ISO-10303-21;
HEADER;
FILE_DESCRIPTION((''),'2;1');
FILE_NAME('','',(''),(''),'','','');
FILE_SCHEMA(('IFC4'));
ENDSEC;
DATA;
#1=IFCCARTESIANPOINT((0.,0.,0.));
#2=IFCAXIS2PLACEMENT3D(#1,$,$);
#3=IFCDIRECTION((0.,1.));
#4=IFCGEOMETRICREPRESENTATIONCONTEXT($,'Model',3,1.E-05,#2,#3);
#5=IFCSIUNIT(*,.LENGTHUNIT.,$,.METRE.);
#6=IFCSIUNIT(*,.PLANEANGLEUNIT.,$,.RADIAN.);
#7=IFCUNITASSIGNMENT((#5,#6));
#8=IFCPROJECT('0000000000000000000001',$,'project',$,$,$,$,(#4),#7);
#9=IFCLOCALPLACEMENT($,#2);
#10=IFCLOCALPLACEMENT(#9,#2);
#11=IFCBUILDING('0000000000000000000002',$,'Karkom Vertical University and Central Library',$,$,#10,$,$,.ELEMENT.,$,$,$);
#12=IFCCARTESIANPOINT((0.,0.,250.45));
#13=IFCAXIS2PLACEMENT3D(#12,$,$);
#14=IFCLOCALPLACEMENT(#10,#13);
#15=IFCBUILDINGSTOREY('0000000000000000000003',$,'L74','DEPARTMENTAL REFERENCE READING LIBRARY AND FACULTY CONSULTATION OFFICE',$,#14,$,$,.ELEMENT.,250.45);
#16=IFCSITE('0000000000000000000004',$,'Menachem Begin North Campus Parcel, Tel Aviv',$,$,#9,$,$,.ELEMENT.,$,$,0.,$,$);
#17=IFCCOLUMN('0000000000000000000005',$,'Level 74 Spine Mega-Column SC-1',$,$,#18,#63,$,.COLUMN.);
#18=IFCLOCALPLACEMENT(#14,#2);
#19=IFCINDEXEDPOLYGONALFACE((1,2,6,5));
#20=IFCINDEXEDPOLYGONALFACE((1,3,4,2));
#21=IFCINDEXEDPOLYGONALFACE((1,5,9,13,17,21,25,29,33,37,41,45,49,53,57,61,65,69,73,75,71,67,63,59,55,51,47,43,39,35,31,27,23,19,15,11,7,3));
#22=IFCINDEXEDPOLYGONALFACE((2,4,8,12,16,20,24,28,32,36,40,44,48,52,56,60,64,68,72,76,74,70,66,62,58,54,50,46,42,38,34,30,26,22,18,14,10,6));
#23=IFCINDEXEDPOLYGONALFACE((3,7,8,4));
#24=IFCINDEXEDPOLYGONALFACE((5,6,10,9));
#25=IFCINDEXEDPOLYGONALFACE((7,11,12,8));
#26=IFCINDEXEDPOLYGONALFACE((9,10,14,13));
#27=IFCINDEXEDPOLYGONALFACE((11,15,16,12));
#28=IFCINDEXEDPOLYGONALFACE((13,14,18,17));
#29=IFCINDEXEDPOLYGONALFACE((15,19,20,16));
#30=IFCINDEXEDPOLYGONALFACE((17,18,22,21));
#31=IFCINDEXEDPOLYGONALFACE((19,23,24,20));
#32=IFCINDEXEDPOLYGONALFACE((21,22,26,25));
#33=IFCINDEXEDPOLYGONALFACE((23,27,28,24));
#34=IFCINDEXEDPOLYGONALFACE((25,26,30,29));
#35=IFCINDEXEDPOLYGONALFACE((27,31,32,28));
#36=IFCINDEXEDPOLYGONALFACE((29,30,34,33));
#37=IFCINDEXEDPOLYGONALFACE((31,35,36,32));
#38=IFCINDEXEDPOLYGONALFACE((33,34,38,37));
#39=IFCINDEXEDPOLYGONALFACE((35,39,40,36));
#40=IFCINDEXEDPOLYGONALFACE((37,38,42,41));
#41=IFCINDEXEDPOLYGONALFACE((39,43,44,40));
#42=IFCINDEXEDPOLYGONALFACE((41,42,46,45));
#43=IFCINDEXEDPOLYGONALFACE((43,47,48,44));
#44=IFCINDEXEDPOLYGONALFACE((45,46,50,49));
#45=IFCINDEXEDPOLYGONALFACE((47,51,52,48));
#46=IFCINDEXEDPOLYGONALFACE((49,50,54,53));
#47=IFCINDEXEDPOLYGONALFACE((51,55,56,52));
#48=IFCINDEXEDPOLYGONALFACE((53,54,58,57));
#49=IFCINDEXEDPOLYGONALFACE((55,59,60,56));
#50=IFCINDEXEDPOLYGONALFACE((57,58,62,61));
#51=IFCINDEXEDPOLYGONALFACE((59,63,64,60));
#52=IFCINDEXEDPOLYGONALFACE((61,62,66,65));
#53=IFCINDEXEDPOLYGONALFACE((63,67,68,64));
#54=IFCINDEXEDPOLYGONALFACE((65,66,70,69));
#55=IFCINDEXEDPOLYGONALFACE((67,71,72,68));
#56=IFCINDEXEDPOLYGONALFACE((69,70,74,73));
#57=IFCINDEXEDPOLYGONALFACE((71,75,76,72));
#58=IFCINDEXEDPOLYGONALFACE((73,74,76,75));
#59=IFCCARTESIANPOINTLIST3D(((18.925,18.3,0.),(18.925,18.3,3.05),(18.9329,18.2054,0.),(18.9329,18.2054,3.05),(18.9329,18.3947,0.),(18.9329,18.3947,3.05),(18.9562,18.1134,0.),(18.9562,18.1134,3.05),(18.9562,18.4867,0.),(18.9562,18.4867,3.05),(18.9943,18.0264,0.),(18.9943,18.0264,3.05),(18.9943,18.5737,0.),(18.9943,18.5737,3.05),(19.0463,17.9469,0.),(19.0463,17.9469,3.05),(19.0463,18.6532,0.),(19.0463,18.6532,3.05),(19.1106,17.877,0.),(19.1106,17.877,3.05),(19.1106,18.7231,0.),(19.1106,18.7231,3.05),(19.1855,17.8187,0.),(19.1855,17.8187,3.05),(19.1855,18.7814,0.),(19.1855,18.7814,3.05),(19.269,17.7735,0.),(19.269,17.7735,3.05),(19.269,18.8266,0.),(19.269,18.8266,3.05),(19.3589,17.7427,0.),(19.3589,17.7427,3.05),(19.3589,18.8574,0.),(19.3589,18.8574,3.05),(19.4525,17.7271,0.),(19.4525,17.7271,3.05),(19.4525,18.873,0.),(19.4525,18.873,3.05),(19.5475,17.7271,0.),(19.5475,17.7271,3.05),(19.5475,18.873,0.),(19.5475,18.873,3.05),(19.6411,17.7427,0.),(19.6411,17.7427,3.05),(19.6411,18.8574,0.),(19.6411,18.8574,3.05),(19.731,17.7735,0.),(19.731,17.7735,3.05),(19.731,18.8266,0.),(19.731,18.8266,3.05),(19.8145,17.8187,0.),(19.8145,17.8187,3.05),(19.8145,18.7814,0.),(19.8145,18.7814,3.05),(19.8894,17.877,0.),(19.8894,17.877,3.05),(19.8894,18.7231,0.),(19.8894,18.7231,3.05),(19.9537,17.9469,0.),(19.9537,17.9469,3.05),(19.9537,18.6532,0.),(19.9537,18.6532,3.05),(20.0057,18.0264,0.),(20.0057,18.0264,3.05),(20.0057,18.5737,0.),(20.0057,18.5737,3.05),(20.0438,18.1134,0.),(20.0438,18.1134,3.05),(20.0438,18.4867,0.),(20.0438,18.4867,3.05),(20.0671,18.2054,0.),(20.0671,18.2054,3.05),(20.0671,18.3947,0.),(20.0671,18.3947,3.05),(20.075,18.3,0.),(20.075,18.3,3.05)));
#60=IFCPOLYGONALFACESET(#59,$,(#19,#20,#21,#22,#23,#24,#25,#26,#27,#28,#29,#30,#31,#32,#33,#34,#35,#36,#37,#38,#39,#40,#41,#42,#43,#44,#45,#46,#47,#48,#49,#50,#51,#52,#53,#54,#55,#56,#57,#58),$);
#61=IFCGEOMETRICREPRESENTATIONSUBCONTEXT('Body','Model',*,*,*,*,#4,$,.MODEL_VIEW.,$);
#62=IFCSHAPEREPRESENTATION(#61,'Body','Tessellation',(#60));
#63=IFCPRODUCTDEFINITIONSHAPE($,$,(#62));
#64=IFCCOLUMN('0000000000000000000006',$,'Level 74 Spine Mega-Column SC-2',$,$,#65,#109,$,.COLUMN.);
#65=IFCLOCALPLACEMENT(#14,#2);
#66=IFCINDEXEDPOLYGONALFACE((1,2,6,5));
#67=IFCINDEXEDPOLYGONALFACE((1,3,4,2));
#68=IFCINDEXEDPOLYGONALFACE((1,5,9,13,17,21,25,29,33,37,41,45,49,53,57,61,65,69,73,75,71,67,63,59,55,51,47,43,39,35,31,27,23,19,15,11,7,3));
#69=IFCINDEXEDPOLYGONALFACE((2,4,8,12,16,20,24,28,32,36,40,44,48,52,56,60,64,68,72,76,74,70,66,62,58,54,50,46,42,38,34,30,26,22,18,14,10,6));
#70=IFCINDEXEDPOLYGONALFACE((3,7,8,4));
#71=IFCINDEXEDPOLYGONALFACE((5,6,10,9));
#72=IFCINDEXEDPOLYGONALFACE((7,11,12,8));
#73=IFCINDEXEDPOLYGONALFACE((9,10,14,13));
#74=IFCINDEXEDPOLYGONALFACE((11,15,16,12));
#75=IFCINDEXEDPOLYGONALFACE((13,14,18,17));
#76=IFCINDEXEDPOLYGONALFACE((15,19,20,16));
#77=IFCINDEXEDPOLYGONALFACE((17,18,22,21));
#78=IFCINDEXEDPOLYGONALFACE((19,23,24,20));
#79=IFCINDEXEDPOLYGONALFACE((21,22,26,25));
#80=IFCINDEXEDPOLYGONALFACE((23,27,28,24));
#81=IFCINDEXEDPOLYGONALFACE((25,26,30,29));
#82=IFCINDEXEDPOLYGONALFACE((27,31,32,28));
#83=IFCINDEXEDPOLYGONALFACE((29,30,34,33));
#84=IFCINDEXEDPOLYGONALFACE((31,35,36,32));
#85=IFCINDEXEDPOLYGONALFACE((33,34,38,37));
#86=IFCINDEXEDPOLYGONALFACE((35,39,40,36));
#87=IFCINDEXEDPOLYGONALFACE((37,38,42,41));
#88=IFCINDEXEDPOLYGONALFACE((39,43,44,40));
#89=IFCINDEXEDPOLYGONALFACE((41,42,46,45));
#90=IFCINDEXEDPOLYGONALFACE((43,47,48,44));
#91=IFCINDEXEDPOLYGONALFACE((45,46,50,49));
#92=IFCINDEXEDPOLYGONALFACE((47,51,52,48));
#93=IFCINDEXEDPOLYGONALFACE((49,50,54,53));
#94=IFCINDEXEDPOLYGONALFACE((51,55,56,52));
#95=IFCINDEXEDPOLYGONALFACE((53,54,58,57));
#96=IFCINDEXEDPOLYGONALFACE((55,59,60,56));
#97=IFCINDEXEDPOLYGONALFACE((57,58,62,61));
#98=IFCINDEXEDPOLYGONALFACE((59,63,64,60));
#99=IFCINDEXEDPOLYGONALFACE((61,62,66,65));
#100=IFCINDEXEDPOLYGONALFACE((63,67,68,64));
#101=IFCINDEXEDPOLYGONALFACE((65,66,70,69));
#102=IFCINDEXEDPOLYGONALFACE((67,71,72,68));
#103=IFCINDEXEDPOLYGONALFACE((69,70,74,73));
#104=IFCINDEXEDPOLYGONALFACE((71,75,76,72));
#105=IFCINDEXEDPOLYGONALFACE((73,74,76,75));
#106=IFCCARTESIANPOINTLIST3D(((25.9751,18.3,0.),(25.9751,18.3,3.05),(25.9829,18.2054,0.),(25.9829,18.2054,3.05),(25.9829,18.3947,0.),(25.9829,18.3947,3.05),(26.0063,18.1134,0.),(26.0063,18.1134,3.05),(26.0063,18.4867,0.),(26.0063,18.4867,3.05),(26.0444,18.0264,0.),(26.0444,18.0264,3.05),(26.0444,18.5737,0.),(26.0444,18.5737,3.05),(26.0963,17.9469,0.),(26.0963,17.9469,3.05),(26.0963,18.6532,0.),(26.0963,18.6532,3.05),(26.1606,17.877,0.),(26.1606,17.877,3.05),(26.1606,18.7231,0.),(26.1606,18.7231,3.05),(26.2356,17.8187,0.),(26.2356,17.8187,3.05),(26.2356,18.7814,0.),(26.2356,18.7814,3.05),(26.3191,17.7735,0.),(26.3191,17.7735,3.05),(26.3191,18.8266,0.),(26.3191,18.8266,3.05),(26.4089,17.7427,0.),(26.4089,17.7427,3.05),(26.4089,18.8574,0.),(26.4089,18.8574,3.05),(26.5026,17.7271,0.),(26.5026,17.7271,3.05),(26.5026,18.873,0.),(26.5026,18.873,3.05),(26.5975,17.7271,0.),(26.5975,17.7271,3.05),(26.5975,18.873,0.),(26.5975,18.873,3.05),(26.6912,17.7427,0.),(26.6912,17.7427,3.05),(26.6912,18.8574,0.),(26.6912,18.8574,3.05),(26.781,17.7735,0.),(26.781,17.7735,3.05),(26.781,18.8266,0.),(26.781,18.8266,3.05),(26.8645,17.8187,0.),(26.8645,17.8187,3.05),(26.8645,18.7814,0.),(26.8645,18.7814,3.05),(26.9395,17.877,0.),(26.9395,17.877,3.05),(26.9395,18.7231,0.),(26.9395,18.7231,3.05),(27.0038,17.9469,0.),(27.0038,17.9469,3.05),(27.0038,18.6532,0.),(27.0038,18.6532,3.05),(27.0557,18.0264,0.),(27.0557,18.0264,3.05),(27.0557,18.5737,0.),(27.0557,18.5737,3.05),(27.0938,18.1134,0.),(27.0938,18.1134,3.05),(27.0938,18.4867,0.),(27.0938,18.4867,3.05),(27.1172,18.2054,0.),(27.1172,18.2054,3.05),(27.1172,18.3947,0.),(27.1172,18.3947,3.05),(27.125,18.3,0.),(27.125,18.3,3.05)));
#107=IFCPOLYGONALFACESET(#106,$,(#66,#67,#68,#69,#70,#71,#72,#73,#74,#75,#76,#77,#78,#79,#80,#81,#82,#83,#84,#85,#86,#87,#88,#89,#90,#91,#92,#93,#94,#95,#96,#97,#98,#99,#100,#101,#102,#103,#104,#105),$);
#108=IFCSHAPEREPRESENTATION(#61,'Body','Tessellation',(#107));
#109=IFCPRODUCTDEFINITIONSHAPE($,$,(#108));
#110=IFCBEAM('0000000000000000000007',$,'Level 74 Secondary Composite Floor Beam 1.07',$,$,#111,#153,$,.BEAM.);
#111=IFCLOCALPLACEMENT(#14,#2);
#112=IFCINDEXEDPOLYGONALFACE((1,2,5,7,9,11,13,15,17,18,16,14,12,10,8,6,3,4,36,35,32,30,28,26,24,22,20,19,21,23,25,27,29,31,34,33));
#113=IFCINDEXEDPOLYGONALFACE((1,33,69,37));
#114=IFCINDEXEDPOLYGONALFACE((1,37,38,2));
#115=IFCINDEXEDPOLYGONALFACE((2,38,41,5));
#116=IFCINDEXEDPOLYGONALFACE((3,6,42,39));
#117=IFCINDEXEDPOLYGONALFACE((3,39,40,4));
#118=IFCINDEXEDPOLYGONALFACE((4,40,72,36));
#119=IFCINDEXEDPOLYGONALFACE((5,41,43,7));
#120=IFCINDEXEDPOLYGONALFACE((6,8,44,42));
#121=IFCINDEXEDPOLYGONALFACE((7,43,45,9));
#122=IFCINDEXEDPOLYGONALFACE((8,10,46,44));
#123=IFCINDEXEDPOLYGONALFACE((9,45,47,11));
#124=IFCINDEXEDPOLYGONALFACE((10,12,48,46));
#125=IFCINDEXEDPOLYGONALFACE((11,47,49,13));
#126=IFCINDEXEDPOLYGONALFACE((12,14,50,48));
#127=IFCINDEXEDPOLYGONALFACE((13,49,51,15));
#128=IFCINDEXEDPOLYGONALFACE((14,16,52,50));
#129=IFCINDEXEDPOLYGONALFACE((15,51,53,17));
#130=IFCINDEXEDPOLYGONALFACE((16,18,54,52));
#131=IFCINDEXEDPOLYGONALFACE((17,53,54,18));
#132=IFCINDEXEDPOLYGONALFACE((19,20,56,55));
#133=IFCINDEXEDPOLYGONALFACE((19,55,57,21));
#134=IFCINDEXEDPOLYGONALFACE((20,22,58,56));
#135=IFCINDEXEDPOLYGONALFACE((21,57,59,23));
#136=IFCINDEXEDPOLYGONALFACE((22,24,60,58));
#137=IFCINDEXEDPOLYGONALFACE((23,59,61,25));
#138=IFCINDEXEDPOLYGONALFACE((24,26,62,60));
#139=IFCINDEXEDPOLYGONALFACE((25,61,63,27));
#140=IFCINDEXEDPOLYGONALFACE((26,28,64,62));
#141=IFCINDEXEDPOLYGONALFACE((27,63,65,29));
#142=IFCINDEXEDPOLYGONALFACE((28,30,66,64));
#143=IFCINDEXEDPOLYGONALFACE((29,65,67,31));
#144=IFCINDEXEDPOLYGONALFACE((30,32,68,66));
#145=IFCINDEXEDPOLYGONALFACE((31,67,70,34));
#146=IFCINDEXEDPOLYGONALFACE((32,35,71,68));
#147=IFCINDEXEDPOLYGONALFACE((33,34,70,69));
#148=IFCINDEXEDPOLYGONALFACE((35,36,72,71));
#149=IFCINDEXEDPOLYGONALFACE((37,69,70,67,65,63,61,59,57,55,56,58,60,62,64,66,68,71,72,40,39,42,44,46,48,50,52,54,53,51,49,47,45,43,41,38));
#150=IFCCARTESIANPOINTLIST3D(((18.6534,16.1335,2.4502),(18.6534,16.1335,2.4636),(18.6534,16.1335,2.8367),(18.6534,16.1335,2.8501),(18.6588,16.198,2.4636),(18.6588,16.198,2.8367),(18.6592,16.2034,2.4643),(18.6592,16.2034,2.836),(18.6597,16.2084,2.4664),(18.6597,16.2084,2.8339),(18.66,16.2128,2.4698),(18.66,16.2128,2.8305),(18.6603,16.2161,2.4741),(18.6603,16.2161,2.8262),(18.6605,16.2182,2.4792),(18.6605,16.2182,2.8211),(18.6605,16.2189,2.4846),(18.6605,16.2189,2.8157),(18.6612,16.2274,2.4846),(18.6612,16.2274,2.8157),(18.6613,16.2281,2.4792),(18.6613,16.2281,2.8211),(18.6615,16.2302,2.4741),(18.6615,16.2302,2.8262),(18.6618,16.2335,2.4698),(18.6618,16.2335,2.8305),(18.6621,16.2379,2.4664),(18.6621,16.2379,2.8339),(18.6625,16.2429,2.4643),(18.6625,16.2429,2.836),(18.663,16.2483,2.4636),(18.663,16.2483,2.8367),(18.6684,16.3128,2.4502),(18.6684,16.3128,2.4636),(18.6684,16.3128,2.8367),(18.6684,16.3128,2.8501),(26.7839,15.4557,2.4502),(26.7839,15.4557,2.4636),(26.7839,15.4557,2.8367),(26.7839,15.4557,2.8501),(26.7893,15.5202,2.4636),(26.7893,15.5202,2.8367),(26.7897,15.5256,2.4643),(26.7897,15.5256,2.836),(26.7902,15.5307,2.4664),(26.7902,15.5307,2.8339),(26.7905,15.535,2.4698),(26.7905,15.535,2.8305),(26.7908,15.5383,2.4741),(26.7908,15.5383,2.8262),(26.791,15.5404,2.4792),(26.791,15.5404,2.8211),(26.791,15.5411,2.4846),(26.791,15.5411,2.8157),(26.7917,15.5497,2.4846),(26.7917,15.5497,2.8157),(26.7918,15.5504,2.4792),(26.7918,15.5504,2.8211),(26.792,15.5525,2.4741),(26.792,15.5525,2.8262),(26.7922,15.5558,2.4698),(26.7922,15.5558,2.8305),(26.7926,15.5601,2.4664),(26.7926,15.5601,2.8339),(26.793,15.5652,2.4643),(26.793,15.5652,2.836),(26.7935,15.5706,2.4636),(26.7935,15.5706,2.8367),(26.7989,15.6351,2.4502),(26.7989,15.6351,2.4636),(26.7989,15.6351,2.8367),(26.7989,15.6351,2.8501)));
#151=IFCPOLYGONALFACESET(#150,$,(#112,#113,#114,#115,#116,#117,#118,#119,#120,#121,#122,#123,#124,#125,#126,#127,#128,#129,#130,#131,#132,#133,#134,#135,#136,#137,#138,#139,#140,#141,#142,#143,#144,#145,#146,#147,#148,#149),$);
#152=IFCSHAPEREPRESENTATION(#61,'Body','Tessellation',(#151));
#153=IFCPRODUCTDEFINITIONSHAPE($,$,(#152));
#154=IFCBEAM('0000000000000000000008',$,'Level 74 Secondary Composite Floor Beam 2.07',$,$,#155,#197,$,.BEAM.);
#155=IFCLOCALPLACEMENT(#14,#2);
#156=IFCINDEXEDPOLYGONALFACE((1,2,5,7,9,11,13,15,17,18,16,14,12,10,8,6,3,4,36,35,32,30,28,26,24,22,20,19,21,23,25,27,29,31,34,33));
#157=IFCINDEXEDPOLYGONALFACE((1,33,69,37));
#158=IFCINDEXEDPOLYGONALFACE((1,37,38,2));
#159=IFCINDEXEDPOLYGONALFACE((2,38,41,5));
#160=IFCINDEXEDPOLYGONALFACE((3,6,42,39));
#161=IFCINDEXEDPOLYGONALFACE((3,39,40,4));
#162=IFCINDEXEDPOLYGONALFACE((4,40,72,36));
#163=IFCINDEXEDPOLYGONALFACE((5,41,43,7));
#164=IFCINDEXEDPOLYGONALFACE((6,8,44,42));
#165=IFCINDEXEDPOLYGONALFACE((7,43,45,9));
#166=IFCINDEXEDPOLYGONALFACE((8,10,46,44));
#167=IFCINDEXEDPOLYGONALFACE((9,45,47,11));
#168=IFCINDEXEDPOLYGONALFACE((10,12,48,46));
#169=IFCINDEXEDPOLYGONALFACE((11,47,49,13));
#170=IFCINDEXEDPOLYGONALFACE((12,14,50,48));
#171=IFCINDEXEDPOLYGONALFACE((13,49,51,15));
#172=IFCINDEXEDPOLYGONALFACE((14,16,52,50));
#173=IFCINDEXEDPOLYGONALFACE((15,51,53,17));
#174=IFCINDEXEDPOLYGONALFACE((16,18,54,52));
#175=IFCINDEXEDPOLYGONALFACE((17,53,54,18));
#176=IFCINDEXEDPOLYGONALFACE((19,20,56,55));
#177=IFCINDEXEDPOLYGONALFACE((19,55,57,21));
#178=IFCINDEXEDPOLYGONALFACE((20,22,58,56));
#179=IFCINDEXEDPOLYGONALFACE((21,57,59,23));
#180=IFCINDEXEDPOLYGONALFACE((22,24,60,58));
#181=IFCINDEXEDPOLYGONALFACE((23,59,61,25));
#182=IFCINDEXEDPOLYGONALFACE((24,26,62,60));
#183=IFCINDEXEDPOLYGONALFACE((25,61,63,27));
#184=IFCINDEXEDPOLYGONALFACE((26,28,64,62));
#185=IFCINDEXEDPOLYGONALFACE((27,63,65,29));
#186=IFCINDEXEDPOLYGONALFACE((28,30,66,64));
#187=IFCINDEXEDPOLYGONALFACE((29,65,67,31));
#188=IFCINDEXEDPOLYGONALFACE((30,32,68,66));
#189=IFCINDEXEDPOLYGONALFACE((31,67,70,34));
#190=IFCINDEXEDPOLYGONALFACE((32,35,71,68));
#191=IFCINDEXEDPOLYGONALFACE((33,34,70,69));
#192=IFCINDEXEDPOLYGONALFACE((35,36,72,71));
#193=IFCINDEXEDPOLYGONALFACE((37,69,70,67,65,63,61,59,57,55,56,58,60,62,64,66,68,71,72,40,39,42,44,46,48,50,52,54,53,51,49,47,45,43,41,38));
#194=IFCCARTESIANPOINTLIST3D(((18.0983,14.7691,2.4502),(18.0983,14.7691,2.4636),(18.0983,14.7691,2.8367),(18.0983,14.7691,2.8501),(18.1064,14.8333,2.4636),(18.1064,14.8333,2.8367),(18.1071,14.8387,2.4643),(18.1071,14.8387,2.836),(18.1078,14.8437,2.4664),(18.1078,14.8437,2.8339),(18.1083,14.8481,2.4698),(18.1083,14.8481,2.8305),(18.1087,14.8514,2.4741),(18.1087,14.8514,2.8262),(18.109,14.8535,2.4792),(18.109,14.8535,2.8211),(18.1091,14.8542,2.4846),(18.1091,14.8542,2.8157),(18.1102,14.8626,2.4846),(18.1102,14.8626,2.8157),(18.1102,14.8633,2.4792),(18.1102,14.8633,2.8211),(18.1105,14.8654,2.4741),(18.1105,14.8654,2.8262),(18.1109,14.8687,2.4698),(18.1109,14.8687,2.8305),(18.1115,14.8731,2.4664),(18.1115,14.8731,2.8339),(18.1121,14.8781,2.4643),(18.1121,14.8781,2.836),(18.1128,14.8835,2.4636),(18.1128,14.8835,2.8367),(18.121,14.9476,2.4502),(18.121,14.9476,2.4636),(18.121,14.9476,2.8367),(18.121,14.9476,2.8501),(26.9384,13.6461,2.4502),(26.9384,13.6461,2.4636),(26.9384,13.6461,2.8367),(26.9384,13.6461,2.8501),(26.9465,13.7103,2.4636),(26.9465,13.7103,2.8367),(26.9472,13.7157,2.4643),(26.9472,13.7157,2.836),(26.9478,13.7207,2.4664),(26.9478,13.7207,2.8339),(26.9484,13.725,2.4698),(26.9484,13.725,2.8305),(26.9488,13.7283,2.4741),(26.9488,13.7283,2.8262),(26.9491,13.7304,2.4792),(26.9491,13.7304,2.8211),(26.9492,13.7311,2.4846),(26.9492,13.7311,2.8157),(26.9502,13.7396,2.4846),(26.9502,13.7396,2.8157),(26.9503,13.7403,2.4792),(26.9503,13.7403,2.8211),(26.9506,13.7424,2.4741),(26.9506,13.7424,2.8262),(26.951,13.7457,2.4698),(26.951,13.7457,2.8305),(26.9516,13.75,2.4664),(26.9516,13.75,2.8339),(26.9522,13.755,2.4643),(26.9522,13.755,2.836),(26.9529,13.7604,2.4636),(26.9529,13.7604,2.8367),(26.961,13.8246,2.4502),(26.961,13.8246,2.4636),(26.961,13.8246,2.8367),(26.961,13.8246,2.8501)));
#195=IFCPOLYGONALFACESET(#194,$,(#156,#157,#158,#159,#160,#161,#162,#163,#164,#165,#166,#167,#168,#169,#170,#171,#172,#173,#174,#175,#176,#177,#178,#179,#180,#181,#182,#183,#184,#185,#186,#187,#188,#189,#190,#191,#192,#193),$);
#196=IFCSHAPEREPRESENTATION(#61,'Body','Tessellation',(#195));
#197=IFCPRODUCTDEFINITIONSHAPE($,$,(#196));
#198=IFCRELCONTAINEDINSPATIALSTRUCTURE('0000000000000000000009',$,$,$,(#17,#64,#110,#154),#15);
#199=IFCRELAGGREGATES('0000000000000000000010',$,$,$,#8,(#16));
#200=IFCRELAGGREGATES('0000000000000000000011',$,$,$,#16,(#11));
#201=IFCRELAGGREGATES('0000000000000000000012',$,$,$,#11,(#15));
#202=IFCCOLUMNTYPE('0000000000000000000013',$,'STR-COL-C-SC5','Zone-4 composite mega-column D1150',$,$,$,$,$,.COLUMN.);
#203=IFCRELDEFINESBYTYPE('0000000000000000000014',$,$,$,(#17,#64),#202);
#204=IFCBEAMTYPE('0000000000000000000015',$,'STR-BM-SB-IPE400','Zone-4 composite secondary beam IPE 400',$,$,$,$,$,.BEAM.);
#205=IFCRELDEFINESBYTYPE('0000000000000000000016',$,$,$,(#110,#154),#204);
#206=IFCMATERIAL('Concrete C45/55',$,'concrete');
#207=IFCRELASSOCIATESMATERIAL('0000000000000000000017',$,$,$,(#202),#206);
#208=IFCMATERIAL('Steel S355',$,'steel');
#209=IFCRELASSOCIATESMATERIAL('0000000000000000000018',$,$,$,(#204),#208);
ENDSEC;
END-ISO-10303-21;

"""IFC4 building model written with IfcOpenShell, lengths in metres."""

from ifc_helpers import new_model, si_unit, direction, frame, origin, origin_with_axes, origin_2d, place, context, subcontext, project, spatial, circle, i_section, extrude, source, transform, mapped, material, material_profile, profile_set, type_object, element, save


model = new_model("IFC4")

# Units and contexts
model_context = context("Model", 3, precision=1e-05, world=origin(), true_north=direction((0.0, 1.0)))
body_context = subcontext(model_context, "Body", "Model", "MODEL_VIEW")
ifc_project = project(units=[si_unit("LENGTHUNIT", "METRE"), si_unit("PLANEANGLEUNIT", "RADIAN")], contexts=[model_context])

# Site, building, storey
site_placement = place(None, origin())
site = spatial("IfcSite", under=ifc_project, at=site_placement, Name="Menachem Begin North Campus Parcel, Tel Aviv", CompositionType="ELEMENT", RefElevation=0.0)
building_placement = place(site_placement, origin())
building = spatial("IfcBuilding", under=site, at=building_placement, Name="Karkom Vertical University and Central Library", CompositionType="ELEMENT")
storey_placement = place(building_placement, frame((0.0, 0.0, 250.45)))
storey = spatial("IfcBuildingStorey", under=building, at=storey_placement, Name="L74", Description="DEPARTMENTAL REFERENCE READING LIBRARY AND FACULTY CONSULTATION OFFICE", CompositionType="ELEMENT", Elevation=250.45)

# Columns
ifc_material_1 = material(Name="Concrete C45/55", Category="concrete")
ifc_material_profile_1 = material_profile(ifc_material_1, circle(Radius=0.575, at=origin_2d()), Name="CFT-D1150")
ifc_profile_set_1 = profile_set([ifc_material_profile_1], Name="Concrete C45/55")
column_type = type_object("IfcColumnType", Name="STR-COL-C-SC5", Description="Zone-4 composite mega-column D1150", PredefinedType="COLUMN", material=ifc_profile_set_1)
shared_shape_1 = source(origin_with_axes(), body_context, "Body", "SweptSolid", [
    extrude(circle(Radius=0.575, at=origin_2d()), origin(), (0.0, 0.0, 1.0), 3.05),
])
for number, where, z_axis, x_axis, name in (
    (1, (19.5, 18.3, 0.0), (0.0, 0.0, 1.0), (1.0, 0.0, 0.0), "Level 74 Spine Mega-Column SC-1"),
    (2, (26.55, 18.3, 0.0), (0.0, 0.0, 1.0), (1.0, 0.0, 0.0), "Level 74 Spine Mega-Column SC-2"),
):
    element("IfcColumn", number, at=place(storey_placement, frame(where, z_axis=z_axis, x_axis=x_axis)), inside=storey, type_object=column_type, Name=name, PredefinedType="COLUMN", context=body_context, shape_type="MappedRepresentation", body=[
        mapped(shared_shape_1, transform((0.0, 0.0, 0.0), scale=1.0)),
    ])

# Beams
ifc_material_2 = material(Name="Steel S355", Category="steel")
ifc_material_profile_2 = material_profile(ifc_material_2, i_section(OverallWidth=0.1799, OverallDepth=0.3999, WebThickness=0.0085, FlangeThickness=0.0134, FilletRadius=0.021, at=origin_2d()), Name="IPE 400")
ifc_profile_set_2 = profile_set([ifc_material_profile_2], Name="Steel S355")
beam_type_1 = type_object("IfcBeamType", Name="STR-BM-SB-IPE400", Description="Zone-4 composite secondary beam IPE 400", PredefinedType="BEAM", material=ifc_profile_set_2)
shared_shape_2 = source(origin_with_axes(), body_context, "Body", "SweptSolid", [
    extrude(i_section(OverallWidth=0.1799, OverallDepth=0.3999, WebThickness=0.0085, FlangeThickness=0.0134, FilletRadius=0.021, at=origin_2d()), origin(), (0.0, 0.0, 1.0), 8.1587),
])
beam_1_placement = place(storey_placement, frame((18.6609, 16.2231, 2.6501), z_axis=(0.996544, -0.08307, 0.0), x_axis=(0.08307, 0.996544, 0.0)))
element("IfcBeam", 3, at=beam_1_placement, inside=storey, type_object=beam_type_1, Name="Level 74 Secondary Composite Floor Beam 1.07", PredefinedType="BEAM", context=body_context, shape_type="MappedRepresentation", body=[
    mapped(shared_shape_2, transform((0.0, 0.0, 0.0), scale=1.0)),
])
shared_shape_3 = source(origin_with_axes(), body_context, "Body", "SweptSolid", [
    extrude(i_section(OverallWidth=0.1799, OverallDepth=0.3999, WebThickness=0.0085, FlangeThickness=0.0134, FilletRadius=0.021, at=origin_2d()), origin(), (0.0, 0.0, 1.0), 8.9111),
])
beam_2_placement = place(storey_placement, frame((18.1096, 14.8584, 2.6501), z_axis=(0.992027, -0.126027, 0.0), x_axis=(0.126027, 0.992027, 0.0)))
element("IfcBeam", 4, at=beam_2_placement, inside=storey, type_object=beam_type_1, Name="Level 74 Secondary Composite Floor Beam 2.07", PredefinedType="BEAM", context=body_context, shape_type="MappedRepresentation", body=[
    mapped(shared_shape_3, transform((0.0, 0.0, 0.0), scale=1.0)),
])

save(model, "model.ifc")
